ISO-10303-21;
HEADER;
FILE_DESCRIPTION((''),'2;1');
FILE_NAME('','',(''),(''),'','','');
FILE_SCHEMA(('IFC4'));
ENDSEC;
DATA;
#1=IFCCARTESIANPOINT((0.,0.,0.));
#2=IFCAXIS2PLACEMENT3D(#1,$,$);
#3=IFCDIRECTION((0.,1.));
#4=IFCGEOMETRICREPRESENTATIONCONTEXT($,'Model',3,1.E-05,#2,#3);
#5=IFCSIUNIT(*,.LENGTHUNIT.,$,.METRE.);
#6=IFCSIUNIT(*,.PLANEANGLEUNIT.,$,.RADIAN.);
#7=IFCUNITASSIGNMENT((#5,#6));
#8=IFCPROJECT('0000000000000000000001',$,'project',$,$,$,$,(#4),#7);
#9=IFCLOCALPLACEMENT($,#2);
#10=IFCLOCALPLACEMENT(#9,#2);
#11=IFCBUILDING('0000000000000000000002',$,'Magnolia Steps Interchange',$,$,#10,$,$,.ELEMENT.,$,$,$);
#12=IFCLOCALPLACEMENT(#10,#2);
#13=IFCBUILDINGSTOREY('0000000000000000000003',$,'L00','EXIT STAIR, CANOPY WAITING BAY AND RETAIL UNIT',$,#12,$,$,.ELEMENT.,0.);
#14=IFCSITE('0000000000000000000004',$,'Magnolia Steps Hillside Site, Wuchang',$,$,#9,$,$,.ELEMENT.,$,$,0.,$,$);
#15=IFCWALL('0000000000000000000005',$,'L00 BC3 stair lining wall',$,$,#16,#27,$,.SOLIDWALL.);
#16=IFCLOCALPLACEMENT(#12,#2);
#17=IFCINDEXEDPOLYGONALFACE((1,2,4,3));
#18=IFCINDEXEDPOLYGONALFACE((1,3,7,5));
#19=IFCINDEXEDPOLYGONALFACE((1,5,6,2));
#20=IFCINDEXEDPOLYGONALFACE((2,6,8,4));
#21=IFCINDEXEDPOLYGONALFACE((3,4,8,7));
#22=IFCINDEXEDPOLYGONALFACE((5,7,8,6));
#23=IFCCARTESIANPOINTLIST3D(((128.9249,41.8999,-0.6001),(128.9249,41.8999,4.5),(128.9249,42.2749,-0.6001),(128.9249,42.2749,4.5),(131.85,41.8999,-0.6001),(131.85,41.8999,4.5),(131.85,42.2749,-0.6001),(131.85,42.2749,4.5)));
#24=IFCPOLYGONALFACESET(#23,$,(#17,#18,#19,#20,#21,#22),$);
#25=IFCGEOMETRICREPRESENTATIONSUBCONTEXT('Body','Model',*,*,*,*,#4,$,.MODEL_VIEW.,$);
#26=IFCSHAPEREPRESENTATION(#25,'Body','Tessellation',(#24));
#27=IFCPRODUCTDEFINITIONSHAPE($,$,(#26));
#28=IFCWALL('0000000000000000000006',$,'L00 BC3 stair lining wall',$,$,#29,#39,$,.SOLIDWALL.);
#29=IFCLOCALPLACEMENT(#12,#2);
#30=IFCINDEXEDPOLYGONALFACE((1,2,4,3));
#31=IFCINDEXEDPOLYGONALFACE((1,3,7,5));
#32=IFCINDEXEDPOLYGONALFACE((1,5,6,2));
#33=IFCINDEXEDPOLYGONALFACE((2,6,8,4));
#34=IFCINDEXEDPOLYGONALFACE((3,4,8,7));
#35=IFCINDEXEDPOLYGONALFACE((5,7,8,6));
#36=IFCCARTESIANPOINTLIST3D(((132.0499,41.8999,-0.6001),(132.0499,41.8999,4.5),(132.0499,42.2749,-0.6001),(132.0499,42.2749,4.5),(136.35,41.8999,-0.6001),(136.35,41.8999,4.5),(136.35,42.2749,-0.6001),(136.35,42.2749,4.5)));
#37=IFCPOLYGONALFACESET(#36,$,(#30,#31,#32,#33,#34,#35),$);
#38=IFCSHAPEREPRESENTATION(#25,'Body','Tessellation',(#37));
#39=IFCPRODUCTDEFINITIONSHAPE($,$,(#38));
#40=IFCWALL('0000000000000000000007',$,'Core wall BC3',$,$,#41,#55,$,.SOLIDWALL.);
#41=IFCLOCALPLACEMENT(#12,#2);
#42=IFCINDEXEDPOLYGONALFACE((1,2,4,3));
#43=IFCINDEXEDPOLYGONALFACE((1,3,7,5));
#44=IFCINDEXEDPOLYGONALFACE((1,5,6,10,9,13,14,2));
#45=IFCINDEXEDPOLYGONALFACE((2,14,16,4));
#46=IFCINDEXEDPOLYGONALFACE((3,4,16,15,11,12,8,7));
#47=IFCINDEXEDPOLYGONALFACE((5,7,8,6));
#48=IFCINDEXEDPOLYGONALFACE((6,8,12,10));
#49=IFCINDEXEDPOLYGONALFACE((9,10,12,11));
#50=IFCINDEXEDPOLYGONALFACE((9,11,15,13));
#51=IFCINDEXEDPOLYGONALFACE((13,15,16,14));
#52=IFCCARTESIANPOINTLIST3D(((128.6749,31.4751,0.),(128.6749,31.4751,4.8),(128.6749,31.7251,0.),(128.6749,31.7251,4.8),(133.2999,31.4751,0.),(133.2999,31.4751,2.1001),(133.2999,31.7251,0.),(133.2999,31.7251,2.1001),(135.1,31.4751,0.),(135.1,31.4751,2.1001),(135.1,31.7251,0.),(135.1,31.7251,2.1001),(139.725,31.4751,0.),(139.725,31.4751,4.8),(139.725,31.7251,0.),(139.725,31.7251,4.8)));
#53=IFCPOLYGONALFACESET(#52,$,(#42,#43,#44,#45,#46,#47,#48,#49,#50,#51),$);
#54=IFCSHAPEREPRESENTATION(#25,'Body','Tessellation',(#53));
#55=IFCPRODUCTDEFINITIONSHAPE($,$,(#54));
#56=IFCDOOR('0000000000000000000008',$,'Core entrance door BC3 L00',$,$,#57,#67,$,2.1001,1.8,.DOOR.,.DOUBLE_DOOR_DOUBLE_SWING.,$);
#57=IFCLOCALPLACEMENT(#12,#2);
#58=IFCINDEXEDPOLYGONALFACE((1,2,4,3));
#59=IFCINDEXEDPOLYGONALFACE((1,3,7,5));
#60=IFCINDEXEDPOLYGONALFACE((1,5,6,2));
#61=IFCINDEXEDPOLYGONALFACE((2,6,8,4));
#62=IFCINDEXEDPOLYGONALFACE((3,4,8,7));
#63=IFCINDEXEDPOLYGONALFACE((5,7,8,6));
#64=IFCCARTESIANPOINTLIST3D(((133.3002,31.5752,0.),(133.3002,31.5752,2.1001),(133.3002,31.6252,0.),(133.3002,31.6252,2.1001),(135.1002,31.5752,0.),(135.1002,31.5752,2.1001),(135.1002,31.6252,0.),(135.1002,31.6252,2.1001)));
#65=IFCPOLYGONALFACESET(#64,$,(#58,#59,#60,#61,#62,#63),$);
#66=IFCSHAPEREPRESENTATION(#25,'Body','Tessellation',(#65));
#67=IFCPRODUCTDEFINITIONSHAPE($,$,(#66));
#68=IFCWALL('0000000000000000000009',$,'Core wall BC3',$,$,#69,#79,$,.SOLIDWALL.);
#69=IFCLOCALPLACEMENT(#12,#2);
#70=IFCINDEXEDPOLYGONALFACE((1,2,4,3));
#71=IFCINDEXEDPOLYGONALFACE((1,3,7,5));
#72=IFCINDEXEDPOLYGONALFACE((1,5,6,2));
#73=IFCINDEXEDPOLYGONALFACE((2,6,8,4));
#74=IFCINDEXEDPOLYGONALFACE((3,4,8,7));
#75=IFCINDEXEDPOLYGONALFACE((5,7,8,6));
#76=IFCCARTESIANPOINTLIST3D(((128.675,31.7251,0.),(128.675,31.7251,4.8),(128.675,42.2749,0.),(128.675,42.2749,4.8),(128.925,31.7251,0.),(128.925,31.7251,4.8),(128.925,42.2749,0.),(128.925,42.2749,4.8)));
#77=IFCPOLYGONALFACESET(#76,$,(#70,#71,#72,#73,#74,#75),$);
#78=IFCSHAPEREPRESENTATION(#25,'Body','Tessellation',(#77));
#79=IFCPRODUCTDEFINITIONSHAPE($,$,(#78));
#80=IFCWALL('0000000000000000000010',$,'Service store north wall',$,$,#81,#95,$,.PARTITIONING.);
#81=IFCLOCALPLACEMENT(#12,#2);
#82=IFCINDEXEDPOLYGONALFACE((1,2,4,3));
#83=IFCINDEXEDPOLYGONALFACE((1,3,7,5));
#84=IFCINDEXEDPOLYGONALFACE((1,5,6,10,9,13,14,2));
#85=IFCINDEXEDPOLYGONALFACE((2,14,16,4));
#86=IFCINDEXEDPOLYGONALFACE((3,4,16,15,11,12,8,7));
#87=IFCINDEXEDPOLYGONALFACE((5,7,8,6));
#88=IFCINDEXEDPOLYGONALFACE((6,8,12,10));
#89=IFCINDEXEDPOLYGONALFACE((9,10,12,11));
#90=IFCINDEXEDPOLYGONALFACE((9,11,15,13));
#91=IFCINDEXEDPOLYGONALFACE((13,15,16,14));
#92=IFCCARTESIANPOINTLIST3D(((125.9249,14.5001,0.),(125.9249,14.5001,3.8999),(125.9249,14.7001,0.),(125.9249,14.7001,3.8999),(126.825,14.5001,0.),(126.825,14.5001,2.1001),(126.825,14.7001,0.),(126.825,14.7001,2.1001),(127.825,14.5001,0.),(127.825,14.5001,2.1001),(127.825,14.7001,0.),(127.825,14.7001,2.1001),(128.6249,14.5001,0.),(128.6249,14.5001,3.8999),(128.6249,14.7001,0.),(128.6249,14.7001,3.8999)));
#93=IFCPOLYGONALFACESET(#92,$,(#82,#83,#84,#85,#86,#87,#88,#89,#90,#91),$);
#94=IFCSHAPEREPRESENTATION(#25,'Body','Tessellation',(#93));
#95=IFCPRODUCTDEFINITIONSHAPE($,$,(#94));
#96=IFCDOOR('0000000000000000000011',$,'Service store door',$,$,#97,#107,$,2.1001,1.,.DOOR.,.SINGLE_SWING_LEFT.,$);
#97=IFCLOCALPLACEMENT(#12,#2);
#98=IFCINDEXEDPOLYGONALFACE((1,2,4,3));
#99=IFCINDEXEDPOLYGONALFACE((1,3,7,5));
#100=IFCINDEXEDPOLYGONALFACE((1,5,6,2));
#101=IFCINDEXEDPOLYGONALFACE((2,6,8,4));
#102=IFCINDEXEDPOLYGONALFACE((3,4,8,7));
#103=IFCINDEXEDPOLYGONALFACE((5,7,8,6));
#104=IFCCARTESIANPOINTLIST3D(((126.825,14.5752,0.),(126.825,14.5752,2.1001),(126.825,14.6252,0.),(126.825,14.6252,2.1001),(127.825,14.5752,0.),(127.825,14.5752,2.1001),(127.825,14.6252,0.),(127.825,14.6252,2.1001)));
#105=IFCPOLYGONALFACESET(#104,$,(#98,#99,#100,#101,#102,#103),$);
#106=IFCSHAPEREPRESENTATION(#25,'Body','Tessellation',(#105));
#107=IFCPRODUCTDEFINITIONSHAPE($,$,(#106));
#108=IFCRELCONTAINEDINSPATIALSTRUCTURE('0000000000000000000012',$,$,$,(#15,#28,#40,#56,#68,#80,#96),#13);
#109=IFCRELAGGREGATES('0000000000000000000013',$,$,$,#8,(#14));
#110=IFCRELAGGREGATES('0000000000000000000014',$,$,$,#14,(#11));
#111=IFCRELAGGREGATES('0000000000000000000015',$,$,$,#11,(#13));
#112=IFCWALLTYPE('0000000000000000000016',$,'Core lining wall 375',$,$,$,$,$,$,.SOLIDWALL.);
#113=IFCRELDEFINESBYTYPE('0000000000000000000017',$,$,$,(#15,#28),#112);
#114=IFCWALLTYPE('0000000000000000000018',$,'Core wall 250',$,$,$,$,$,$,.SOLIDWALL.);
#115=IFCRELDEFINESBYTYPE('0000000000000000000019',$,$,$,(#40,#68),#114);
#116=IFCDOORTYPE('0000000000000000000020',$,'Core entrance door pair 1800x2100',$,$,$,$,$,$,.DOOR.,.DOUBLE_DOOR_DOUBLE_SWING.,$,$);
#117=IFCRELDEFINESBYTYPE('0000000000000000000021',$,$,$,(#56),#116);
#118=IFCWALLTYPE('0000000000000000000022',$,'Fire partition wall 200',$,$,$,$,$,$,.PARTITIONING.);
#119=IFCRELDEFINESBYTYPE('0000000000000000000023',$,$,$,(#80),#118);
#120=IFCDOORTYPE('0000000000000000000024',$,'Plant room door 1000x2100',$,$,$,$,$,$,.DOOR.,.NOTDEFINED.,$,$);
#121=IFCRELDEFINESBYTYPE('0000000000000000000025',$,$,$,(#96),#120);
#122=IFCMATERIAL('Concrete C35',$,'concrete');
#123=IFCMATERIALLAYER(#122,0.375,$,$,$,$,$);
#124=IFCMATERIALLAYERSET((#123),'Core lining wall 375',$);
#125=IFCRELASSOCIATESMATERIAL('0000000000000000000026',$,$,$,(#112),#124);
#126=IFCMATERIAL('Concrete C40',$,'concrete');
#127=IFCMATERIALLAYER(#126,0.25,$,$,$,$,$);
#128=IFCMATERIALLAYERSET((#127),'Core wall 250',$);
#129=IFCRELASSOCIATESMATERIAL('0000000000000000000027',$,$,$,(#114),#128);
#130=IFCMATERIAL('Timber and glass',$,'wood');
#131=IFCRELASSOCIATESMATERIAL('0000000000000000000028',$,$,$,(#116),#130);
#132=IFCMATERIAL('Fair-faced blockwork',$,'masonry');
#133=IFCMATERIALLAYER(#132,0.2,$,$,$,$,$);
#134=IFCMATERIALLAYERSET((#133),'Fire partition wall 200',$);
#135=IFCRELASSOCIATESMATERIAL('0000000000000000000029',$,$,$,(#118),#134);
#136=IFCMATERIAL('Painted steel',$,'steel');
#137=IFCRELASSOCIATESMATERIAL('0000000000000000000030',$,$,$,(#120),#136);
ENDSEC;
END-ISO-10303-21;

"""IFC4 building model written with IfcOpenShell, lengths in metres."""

from ifc_helpers import new_model, si_unit, direction, frame, frame_2d, origin, place, context, subcontext, project, spatial, rectangle, extrude, material, layer, layer_set, type_object, element, fill, save


model = new_model("IFC4")

# Units and contexts
model_context = context("Model", 3, precision=1e-05, world=origin(), true_north=direction((0.0, 1.0)))
body_context = subcontext(model_context, "Body", "Model", "MODEL_VIEW")
ifc_project = project(units=[si_unit("LENGTHUNIT", "METRE"), si_unit("PLANEANGLEUNIT", "RADIAN")], contexts=[model_context])

# Site, building, storey
site_placement = place(None, origin())
site = spatial("IfcSite", under=ifc_project, at=site_placement, Name="Magnolia Steps Hillside Site, Wuchang", CompositionType="ELEMENT", RefElevation=0.0)
building_placement = place(site_placement, origin())
building = spatial("IfcBuilding", under=site, at=building_placement, Name="Magnolia Steps Interchange", CompositionType="ELEMENT")
storey_placement = place(building_placement, origin())
storey = spatial("IfcBuildingStorey", under=building, at=storey_placement, Name="L00", Description="EXIT STAIR, CANOPY WAITING BAY AND RETAIL UNIT", CompositionType="ELEMENT", Elevation=0.0)

# Walls
ifc_material_1 = material(Name="Concrete C35", Category="concrete")
ifc_layer_1 = layer(ifc_material_1, 0.375)
ifc_layer_set_1 = layer_set([ifc_layer_1], Name="Core lining wall 375")
wall_type_1 = type_object("IfcWallType", Name="Core lining wall 375", PredefinedType="SOLIDWALL", material=ifc_layer_set_1)
wall_1_placement = place(storey_placement, frame((128.925, 42.0874, -0.6001), z_axis=(0.0, 0.0, 1.0), x_axis=(1.0, 0.0, 0.0)))
element("IfcWall", 1, at=wall_1_placement, inside=storey, type_object=wall_type_1, Name="L00 BC3 stair lining wall", PredefinedType="SOLIDWALL", context=body_context, shape_type="SweptSolid", body=[
    extrude(rectangle(XDim=2.925, YDim=0.375, at=frame_2d((1.4624, 0.0))), origin(), (0.0, 0.0, 1.0), 5.1001),
])
wall_2_placement = place(storey_placement, frame((132.05, 42.0874, -0.6001), z_axis=(0.0, 0.0, 1.0), x_axis=(1.0, 0.0, 0.0)))
element("IfcWall", 2, at=wall_2_placement, inside=storey, type_object=wall_type_1, Name="L00 BC3 stair lining wall", PredefinedType="SOLIDWALL", context=body_context, shape_type="SweptSolid", body=[
    extrude(rectangle(XDim=4.3, YDim=0.375, at=frame_2d((2.1499, 0.0))), origin(), (0.0, 0.0, 1.0), 5.1001),
])

# Wall, opening, door
ifc_material_2 = material(Name="Concrete C40", Category="concrete")
ifc_layer_2 = layer(ifc_material_2, 0.25)
ifc_layer_set_2 = layer_set([ifc_layer_2], Name="Core wall 250")
wall_type_2 = type_object("IfcWallType", Name="Core wall 250", PredefinedType="SOLIDWALL", material=ifc_layer_set_2)
wall_3_placement = place(storey_placement, frame((128.675, 31.6001, 0.0), z_axis=(0.0, 0.0, 1.0), x_axis=(1.0, 0.0, 0.0)))
wall_3 = element("IfcWall", 3, at=wall_3_placement, inside=storey, type_object=wall_type_2, Name="Core wall BC3", PredefinedType="SOLIDWALL", context=body_context, shape_type="SweptSolid", body=[
    extrude(rectangle(XDim=11.05, YDim=0.25, at=frame_2d((5.5249, 0.0))), origin(), (0.0, 0.0, 1.0), 4.8),
])
opening_1_placement = place(wall_3_placement, frame((4.625, 0.0, 0.0)))
opening_1 = element("IfcOpeningElement", 4, at=opening_1_placement, cuts=wall_3, PredefinedType="OPENING", context=body_context, shape_type="SweptSolid", body=[
    extrude(rectangle(XDim=1.8, YDim=2.1001, at=frame_2d((0.8999, 1.05))), frame((0.0, 0.135, 0.0), z_axis=(0.0, -1.0, 0.0), x_axis=(1.0, 0.0, 0.0)), (0.0, 0.0, 1.0), 0.27),
])
ifc_material_3 = material(Name="Timber and glass", Category="wood")
door_type_1 = type_object("IfcDoorType", Name="Core entrance door pair 1800x2100", OperationType="DOUBLE_DOOR_DOUBLE_SWING", PredefinedType="DOOR", material=ifc_material_3)
door_1_placement = place(opening_1_placement, frame((1.8, 0.0, 0.0), z_axis=(0.0, 0.0, 1.0), x_axis=(-1.0, 0.0, 0.0)))
door_1 = element("IfcDoor", 5, at=door_1_placement, inside=storey, type_object=door_type_1, Name="Core entrance door BC3 L00", OperationType="DOUBLE_DOOR_DOUBLE_SWING", OverallHeight=2.1001, OverallWidth=1.8, PredefinedType="DOOR", context=body_context, shape_type="SweptSolid", body=[
    extrude(rectangle(XDim=1.8, YDim=2.1001, at=frame_2d((0.8999, 1.05))), frame((0.0, 0.0249, 0.0), z_axis=(0.0, -1.0, 0.0), x_axis=(1.0, 0.0, 0.0)), (0.0, 0.0, 1.0), 0.05),
])
fill(opening_1, door_1)

# Wall
wall_4_placement = place(storey_placement, frame((128.8, 42.2749, 0.0), z_axis=(0.0, 0.0, 1.0), x_axis=(0.0, -1.0, 0.0)))
element("IfcWall", 6, at=wall_4_placement, inside=storey, type_object=wall_type_2, Name="Core wall BC3", PredefinedType="SOLIDWALL", context=body_context, shape_type="SweptSolid", body=[
    extrude(rectangle(XDim=10.5498, YDim=0.25, at=frame_2d((5.2749, 0.0))), origin(), (0.0, 0.0, 1.0), 4.8),
])

# Wall, opening, door
ifc_material_4 = material(Name="Fair-faced blockwork", Category="masonry")
ifc_layer_3 = layer(ifc_material_4, 0.2)
ifc_layer_set_3 = layer_set([ifc_layer_3], Name="Fire partition wall 200")
wall_type_3 = type_object("IfcWallType", Name="Fire partition wall 200", PredefinedType="PARTITIONING", material=ifc_layer_set_3)
wall_5_placement = place(storey_placement, frame((128.625, 14.6001, 0.0), z_axis=(0.0, 0.0, 1.0), x_axis=(-1.0, 0.0, 0.0)))
wall_5 = element("IfcWall", 7, at=wall_5_placement, inside=storey, type_object=wall_type_3, Name="Service store north wall", PredefinedType="PARTITIONING", context=body_context, shape_type="SweptSolid", body=[
    extrude(rectangle(XDim=2.7, YDim=0.2, at=frame_2d((1.3501, 0.0))), origin(), (0.0, 0.0, 1.0), 3.8999),
])
opening_2_placement = place(wall_5_placement, frame((0.8, 0.0, 0.0)))
opening_2 = element("IfcOpeningElement", 8, at=opening_2_placement, cuts=wall_5, PredefinedType="OPENING", context=body_context, shape_type="SweptSolid", body=[
    extrude(rectangle(XDim=1.0, YDim=2.1001, at=frame_2d((0.5, 1.05))), frame((0.0, 0.1099, 0.0), z_axis=(0.0, -1.0, 0.0), x_axis=(1.0, 0.0, 0.0)), (0.0, 0.0, 1.0), 0.22),
])
ifc_material_5 = material(Name="Painted steel", Category="steel")
door_type_2 = type_object("IfcDoorType", Name="Plant room door 1000x2100", OperationType="NOTDEFINED", PredefinedType="DOOR", material=ifc_material_5)
door_2_placement = place(opening_2_placement, origin())
door_2 = element("IfcDoor", 9, at=door_2_placement, inside=storey, type_object=door_type_2, Name="Service store door", OperationType="SINGLE_SWING_LEFT", OverallHeight=2.1001, OverallWidth=1.0, PredefinedType="DOOR", context=body_context, shape_type="SweptSolid", body=[
    extrude(rectangle(XDim=1.0, YDim=2.1001, at=frame_2d((0.5, 1.05))), frame((0.0, 0.0249, 0.0), z_axis=(0.0, -1.0, 0.0), x_axis=(1.0, 0.0, 0.0)), (0.0, 0.0, 1.0), 0.05),
])
fill(opening_2, door_2)

save(model, "model.ifc")
